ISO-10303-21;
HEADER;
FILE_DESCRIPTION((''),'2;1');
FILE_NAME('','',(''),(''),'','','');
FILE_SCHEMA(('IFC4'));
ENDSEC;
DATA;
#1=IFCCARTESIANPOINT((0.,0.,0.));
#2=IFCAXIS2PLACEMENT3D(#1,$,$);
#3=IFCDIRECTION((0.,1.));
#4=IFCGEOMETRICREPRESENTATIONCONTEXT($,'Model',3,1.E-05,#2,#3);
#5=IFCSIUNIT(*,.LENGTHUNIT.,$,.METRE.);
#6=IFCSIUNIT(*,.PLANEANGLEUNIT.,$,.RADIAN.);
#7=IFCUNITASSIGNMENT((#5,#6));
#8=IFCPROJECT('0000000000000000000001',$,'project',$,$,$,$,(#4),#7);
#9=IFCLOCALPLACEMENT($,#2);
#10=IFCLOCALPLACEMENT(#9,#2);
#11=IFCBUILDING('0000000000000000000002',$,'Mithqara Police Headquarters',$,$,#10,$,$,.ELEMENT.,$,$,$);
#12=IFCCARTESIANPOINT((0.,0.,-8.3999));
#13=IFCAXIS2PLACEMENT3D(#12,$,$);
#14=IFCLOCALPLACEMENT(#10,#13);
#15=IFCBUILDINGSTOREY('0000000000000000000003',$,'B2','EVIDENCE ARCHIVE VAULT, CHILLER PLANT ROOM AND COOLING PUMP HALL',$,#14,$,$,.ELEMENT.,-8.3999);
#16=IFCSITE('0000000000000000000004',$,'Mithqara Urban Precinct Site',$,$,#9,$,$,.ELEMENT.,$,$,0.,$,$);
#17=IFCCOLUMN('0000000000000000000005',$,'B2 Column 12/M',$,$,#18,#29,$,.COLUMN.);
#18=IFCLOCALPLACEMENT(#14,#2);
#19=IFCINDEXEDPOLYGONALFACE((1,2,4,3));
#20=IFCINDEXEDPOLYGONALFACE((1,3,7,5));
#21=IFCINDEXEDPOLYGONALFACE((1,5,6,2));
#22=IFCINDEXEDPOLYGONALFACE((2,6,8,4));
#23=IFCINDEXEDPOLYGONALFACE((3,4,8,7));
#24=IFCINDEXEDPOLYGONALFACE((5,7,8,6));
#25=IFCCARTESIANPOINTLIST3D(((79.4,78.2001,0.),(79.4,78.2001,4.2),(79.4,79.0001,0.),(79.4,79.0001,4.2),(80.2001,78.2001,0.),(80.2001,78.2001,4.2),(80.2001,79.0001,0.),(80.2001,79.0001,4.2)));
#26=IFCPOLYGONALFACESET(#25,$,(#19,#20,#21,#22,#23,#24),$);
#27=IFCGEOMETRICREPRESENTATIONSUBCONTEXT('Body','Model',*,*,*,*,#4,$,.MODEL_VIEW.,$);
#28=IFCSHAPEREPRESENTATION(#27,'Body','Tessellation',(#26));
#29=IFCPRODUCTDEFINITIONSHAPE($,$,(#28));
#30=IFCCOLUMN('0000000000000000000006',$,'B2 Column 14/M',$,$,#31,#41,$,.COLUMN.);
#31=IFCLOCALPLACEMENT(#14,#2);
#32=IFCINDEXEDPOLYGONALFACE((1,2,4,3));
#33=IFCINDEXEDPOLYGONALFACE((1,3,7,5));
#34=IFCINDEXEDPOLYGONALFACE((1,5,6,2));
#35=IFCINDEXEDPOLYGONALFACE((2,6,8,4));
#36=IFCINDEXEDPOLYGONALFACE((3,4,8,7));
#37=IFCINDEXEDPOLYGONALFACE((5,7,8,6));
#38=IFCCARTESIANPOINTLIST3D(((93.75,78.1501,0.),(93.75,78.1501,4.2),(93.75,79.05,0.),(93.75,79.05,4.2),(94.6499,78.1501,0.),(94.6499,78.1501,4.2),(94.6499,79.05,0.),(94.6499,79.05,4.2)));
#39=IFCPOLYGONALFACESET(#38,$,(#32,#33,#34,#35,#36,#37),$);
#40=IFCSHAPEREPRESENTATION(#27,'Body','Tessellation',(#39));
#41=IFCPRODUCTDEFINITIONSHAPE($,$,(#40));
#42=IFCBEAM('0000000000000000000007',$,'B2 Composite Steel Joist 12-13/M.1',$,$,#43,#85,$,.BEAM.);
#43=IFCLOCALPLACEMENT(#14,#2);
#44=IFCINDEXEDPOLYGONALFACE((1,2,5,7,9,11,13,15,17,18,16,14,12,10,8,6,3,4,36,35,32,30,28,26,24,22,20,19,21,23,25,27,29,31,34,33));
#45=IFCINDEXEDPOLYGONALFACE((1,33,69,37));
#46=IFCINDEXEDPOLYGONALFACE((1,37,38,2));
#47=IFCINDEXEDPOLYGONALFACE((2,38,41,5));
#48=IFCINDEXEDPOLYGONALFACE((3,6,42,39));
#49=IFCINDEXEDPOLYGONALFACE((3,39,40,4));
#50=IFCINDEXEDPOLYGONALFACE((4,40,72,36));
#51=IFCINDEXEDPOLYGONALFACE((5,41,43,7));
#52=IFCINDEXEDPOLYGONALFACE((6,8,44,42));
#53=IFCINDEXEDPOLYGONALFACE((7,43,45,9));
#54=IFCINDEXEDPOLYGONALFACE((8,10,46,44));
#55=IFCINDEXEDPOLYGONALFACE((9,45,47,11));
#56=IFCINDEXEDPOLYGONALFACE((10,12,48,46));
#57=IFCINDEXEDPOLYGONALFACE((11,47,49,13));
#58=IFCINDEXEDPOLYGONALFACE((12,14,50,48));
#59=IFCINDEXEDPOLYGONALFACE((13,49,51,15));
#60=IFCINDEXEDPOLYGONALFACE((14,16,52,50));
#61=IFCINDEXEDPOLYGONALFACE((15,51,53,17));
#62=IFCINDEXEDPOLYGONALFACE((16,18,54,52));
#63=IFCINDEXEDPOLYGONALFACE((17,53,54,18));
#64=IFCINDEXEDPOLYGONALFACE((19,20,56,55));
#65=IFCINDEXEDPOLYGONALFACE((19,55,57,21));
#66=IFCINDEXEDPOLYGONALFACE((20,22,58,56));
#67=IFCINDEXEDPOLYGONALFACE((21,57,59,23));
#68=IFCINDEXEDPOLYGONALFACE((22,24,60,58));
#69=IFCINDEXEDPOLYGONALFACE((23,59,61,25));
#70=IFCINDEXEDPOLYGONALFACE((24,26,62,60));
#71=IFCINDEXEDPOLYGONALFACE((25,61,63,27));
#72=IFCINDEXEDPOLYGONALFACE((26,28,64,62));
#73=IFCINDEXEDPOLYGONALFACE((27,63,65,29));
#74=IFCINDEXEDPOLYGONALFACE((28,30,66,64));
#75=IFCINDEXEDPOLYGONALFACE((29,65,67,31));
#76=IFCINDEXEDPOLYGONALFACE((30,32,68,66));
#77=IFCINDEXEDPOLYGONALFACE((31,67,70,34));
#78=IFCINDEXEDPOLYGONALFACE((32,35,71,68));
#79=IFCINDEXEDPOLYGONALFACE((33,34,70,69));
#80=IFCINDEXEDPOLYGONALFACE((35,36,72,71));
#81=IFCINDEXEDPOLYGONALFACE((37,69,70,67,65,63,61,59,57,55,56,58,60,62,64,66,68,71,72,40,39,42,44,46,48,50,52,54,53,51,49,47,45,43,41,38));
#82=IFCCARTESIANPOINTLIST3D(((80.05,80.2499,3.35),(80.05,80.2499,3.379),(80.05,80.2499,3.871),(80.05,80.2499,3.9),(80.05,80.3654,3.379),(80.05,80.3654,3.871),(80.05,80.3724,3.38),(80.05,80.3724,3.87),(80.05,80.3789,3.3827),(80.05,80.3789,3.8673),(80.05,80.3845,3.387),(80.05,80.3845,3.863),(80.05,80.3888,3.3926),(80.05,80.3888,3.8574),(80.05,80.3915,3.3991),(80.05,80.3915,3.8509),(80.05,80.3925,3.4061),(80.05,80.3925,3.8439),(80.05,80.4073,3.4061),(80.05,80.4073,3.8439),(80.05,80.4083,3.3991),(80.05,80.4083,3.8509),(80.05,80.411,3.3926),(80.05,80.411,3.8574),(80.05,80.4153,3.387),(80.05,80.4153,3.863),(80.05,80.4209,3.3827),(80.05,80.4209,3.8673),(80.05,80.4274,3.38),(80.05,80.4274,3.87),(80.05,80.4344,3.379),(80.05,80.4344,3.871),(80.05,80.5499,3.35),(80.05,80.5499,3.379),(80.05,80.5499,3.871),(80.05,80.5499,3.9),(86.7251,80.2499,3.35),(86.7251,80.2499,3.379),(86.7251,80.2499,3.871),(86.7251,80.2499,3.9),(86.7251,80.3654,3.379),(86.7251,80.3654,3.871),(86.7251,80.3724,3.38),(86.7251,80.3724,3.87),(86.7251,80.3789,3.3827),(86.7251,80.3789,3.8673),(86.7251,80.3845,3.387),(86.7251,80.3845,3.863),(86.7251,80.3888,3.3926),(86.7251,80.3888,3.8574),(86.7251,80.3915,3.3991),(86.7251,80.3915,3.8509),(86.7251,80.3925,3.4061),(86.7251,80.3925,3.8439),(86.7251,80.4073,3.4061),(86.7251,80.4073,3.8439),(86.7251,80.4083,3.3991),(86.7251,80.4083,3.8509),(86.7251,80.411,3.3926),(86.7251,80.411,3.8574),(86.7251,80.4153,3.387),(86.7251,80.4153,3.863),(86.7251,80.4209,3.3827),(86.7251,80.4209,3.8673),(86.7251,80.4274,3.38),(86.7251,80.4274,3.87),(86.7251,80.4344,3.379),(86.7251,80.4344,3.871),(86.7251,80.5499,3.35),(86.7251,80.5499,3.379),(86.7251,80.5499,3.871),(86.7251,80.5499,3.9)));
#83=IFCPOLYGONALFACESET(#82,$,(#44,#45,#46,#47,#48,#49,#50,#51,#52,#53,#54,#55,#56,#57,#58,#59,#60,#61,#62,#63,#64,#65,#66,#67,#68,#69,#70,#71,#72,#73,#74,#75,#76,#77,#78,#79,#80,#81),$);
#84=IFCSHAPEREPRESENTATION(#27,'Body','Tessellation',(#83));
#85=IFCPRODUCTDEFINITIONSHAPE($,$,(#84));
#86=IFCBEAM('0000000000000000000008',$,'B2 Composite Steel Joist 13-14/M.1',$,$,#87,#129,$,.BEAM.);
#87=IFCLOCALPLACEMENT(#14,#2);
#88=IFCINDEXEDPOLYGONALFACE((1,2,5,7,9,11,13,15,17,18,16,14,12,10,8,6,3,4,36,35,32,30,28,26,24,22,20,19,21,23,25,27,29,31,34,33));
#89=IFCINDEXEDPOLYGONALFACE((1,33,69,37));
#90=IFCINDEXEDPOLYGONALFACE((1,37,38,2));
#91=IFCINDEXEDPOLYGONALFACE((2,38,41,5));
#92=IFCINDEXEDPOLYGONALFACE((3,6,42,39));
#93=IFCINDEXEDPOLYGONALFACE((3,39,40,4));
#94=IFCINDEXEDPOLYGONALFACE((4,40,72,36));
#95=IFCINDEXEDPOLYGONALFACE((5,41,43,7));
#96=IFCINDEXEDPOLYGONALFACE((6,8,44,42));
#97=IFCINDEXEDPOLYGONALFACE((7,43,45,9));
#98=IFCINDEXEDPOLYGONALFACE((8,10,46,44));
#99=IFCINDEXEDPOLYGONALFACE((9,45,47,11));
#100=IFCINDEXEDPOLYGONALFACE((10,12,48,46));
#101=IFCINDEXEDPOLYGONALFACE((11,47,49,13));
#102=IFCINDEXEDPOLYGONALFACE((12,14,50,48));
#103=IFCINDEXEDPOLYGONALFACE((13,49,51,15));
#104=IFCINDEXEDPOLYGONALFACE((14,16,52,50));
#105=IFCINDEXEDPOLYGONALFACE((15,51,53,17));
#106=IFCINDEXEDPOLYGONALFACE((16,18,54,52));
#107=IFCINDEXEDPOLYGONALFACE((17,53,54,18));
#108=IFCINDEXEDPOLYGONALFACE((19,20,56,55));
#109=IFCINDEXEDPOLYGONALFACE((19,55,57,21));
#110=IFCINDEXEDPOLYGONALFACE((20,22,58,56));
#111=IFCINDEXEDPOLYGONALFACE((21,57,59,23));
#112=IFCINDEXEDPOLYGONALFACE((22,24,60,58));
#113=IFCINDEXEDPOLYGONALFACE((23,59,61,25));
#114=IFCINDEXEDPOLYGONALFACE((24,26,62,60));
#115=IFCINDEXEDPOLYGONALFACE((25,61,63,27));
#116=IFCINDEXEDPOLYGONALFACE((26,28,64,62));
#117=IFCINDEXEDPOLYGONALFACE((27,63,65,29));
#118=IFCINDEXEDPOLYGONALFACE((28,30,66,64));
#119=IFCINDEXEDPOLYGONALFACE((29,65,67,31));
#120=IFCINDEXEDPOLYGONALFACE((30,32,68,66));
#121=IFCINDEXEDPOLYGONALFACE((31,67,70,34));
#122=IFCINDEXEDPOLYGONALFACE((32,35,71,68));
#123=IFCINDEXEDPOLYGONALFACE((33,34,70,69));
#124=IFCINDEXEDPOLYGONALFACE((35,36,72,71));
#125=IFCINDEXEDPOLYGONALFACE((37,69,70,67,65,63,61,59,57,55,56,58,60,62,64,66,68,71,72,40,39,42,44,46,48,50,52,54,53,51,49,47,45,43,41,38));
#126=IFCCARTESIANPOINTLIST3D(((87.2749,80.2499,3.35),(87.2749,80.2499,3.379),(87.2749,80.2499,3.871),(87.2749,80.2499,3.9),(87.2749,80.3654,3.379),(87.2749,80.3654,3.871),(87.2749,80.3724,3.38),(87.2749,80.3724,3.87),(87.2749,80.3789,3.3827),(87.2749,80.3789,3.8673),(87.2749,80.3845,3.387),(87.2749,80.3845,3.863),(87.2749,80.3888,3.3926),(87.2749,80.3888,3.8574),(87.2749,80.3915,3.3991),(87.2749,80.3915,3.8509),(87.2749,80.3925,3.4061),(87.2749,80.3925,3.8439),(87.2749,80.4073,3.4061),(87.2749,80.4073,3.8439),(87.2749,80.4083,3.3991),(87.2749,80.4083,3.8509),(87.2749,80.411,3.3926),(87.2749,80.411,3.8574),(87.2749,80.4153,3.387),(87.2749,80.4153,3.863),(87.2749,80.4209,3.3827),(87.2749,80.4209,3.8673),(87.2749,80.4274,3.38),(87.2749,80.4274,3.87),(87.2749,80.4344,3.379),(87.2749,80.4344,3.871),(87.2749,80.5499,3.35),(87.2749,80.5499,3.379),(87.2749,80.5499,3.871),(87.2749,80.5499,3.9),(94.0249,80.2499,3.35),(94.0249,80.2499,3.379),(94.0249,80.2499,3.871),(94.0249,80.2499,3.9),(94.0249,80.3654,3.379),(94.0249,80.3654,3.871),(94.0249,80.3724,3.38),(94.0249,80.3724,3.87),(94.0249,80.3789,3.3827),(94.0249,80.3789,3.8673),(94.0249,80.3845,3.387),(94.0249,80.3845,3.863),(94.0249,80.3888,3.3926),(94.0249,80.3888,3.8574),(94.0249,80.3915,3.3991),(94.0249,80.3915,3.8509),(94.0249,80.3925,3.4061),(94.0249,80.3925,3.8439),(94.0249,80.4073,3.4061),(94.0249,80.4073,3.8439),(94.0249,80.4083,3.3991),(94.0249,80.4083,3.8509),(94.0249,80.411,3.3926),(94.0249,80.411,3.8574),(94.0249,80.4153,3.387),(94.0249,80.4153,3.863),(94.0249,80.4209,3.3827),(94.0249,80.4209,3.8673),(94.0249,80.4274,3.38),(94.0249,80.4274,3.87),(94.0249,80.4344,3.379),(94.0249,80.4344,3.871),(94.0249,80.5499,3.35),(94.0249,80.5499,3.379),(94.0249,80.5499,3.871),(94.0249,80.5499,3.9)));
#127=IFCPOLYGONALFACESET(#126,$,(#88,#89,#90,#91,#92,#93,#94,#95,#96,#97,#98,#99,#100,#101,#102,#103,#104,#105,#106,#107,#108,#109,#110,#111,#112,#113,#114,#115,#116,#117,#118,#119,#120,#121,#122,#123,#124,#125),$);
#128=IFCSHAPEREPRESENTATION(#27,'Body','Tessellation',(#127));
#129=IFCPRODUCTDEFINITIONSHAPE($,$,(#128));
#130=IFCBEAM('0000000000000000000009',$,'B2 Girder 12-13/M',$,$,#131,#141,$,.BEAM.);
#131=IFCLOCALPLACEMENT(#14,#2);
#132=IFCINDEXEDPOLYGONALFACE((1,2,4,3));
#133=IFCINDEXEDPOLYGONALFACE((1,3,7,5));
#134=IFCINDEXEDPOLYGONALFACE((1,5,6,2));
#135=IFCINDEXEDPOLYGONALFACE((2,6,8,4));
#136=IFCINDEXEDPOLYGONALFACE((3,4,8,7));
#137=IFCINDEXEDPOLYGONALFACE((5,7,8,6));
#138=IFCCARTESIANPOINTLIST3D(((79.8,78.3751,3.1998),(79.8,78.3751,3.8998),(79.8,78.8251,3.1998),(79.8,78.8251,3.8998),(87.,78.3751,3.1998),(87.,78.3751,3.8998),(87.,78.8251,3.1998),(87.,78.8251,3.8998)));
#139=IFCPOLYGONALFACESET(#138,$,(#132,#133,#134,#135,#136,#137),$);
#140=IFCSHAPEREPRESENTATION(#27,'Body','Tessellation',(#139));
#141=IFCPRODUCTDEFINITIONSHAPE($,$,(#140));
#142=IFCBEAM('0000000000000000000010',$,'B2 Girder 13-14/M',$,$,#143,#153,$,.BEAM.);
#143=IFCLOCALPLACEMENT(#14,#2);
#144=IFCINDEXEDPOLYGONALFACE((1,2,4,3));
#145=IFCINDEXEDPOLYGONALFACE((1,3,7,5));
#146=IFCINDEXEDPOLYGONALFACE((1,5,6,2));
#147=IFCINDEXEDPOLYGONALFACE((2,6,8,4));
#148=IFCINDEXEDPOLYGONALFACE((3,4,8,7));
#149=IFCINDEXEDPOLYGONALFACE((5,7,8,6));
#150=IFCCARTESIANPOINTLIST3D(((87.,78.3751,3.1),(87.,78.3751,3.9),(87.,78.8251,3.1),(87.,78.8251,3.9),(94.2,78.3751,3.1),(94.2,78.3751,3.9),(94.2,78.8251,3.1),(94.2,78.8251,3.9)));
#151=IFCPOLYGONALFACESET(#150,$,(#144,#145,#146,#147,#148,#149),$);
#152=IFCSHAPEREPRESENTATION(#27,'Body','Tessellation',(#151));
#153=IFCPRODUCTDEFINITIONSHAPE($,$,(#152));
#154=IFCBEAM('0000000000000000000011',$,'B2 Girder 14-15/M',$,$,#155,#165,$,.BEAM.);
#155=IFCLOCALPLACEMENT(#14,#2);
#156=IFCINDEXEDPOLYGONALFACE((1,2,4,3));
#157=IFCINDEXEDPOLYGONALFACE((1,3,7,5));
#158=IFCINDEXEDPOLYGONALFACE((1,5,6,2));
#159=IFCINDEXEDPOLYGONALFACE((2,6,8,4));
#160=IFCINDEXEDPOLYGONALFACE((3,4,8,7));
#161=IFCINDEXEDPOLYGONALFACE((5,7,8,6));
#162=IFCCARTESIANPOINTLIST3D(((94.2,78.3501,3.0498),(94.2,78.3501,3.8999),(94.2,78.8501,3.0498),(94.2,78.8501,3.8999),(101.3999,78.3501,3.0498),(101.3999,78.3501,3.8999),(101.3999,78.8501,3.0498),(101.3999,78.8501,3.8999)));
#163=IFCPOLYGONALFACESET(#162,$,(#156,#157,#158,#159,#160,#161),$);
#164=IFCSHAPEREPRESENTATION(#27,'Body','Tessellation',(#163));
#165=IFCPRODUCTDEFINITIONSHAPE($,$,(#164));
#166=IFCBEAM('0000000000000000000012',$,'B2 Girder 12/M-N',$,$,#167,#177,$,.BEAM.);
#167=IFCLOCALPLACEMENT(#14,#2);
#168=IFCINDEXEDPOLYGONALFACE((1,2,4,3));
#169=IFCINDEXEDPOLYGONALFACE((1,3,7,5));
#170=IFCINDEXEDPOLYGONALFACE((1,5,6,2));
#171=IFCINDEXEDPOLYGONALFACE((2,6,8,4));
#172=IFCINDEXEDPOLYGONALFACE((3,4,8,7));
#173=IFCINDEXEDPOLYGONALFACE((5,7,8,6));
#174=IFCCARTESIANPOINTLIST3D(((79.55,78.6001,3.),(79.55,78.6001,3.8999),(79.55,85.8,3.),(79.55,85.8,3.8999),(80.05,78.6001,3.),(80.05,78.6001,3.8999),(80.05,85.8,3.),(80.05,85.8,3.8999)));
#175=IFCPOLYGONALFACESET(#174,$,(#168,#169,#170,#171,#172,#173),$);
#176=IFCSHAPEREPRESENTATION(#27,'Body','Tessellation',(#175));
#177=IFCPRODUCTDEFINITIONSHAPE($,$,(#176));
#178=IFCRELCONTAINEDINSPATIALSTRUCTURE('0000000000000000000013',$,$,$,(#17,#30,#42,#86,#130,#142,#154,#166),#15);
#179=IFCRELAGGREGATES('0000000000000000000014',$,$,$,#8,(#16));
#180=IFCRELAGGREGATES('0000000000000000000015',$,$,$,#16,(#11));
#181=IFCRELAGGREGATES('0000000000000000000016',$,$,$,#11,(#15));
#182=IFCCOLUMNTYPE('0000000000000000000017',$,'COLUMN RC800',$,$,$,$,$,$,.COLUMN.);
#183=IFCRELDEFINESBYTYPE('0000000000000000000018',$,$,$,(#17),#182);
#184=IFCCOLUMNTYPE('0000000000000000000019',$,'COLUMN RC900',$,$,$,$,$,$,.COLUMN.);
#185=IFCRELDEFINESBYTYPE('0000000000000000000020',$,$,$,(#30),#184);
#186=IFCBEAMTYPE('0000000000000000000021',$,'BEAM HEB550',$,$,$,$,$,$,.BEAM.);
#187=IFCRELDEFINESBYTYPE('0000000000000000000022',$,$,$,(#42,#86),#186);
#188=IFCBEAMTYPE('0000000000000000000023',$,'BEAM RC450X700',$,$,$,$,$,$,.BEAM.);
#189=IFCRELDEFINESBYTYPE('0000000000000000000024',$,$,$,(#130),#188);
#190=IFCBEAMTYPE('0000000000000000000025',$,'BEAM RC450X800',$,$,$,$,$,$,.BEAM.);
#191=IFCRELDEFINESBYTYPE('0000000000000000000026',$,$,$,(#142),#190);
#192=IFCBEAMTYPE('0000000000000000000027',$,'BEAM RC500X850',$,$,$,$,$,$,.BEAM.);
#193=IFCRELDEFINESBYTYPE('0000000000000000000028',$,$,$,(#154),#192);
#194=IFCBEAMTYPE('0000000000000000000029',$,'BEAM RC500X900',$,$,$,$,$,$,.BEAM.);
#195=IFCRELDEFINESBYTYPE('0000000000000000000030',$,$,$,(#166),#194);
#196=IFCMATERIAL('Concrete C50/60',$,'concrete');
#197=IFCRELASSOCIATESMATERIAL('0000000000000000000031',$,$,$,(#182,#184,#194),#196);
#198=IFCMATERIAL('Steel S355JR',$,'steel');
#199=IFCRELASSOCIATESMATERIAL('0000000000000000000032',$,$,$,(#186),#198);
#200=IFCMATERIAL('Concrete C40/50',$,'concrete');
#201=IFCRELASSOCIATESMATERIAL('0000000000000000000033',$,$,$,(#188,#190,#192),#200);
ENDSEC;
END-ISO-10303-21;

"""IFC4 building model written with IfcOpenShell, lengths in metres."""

from ifc_helpers import new_model, si_unit, direction, frame, origin, origin_2d, place, context, subcontext, project, spatial, rectangle, i_section, extrude, material, material_profile, profile_set, type_object, element, save


model = new_model("IFC4")

# Units and contexts
model_context = context("Model", 3, precision=1e-05, world=origin(), true_north=direction((0.0, 1.0)))
body_context = subcontext(model_context, "Body", "Model", "MODEL_VIEW")
ifc_project = project(units=[si_unit("LENGTHUNIT", "METRE"), si_unit("PLANEANGLEUNIT", "RADIAN")], contexts=[model_context])

# Site, building, storey
site_placement = place(None, origin())
site = spatial("IfcSite", under=ifc_project, at=site_placement, Name="Mithqara Urban Precinct Site", CompositionType="ELEMENT", RefElevation=0.0)
building_placement = place(site_placement, origin())
building = spatial("IfcBuilding", under=site, at=building_placement, Name="Mithqara Police Headquarters", CompositionType="ELEMENT")
storey_placement = place(building_placement, frame((0.0, 0.0, -8.3999)))
storey = spatial("IfcBuildingStorey", under=building, at=storey_placement, Name="B2", Description="EVIDENCE ARCHIVE VAULT, CHILLER PLANT ROOM AND COOLING PUMP HALL", CompositionType="ELEMENT", Elevation=-8.3999)

# Shared definitions
ifc_material_1 = material(Name="Concrete C40/50", Category="concrete")

# Columns
ifc_material_2 = material(Name="Steel S355JR", Category="steel")
ifc_material_3 = material(Name="Concrete C50/60", Category="concrete")
ifc_material_profile_1 = material_profile(ifc_material_3, rectangle(XDim=0.8, YDim=0.8, at=origin_2d()), Name="RC 800x800")
ifc_profile_set_1 = profile_set([ifc_material_profile_1], Name="Concrete C50/60")
column_type_1 = type_object("IfcColumnType", Name="COLUMN RC800", PredefinedType="COLUMN", material=ifc_profile_set_1)
column_1_placement = place(storey_placement, frame((79.8, 78.6001, 0.0), z_axis=(0.0, 0.0, 1.0), x_axis=(1.0, 0.0, 0.0)))
element("IfcColumn", 1, at=column_1_placement, inside=storey, type_object=column_type_1, Name="B2 Column 12/M", PredefinedType="COLUMN", context=body_context, shape_type="SweptSolid", body=[
    extrude(rectangle(XDim=0.8, YDim=0.8, at=origin_2d()), origin(), (0.0, 0.0, 1.0), 4.2),
])
ifc_material_profile_2 = material_profile(ifc_material_3, rectangle(XDim=0.8999, YDim=0.8999, at=origin_2d()), Name="RC 900x900")
ifc_profile_set_2 = profile_set([ifc_material_profile_2], Name="Concrete C50/60")
column_type_2 = type_object("IfcColumnType", Name="COLUMN RC900", PredefinedType="COLUMN", material=ifc_profile_set_2)
column_2_placement = place(storey_placement, frame((94.2, 78.6001, 0.0), z_axis=(0.0, 0.0, 1.0), x_axis=(1.0, 0.0, 0.0)))
element("IfcColumn", 2, at=column_2_placement, inside=storey, type_object=column_type_2, Name="B2 Column 14/M", PredefinedType="COLUMN", context=body_context, shape_type="SweptSolid", body=[
    extrude(rectangle(XDim=0.8999, YDim=0.8999, at=origin_2d()), origin(), (0.0, 0.0, 1.0), 4.2),
])

# Beams
ifc_material_profile_3 = material_profile(ifc_material_2, i_section(OverallWidth=0.3, OverallDepth=0.55, WebThickness=0.0149, FlangeThickness=0.0291, FilletRadius=0.0271, at=origin_2d()), Name="HEB 550")
ifc_profile_set_3 = profile_set([ifc_material_profile_3], Name="Steel S355JR")
beam_type_1 = type_object("IfcBeamType", Name="BEAM HEB550", PredefinedType="BEAM", material=ifc_profile_set_3)
beam_1_placement = place(storey_placement, frame((80.05, 80.3999, 3.625), z_axis=(1.0, 0.0, 0.0), x_axis=(0.0, 1.0, 0.0)))
element("IfcBeam", 3, at=beam_1_placement, inside=storey, type_object=beam_type_1, Name="B2 Composite Steel Joist 12-13/M.1", PredefinedType="BEAM", context=body_context, shape_type="SweptSolid", body=[
    extrude(i_section(OverallWidth=0.3, OverallDepth=0.55, WebThickness=0.0149, FlangeThickness=0.0291, FilletRadius=0.0271, at=origin_2d()), origin(), (0.0, 0.0, 1.0), 6.675),
])
beam_2_placement = place(storey_placement, frame((87.2749, 80.3999, 3.625), z_axis=(1.0, 0.0, 0.0), x_axis=(0.0, 1.0, 0.0)))
element("IfcBeam", 4, at=beam_2_placement, inside=storey, type_object=beam_type_1, Name="B2 Composite Steel Joist 13-14/M.1", PredefinedType="BEAM", context=body_context, shape_type="SweptSolid", body=[
    extrude(i_section(OverallWidth=0.3, OverallDepth=0.55, WebThickness=0.0149, FlangeThickness=0.0291, FilletRadius=0.0271, at=origin_2d()), origin(), (0.0, 0.0, 1.0), 6.75),
])
ifc_material_profile_4 = material_profile(ifc_material_1, rectangle(XDim=0.45, YDim=0.7, at=origin_2d()), Name="RC 450x700")
ifc_profile_set_4 = profile_set([ifc_material_profile_4], Name="Concrete C40/50")
beam_type_2 = type_object("IfcBeamType", Name="BEAM RC450X700", PredefinedType="BEAM", material=ifc_profile_set_4)
beam_3_placement = place(storey_placement, frame((79.8, 78.6001, 3.5498), z_axis=(1.0, 0.0, 0.0), x_axis=(0.0, 1.0, 0.0)))
element("IfcBeam", 5, at=beam_3_placement, inside=storey, type_object=beam_type_2, Name="B2 Girder 12-13/M", PredefinedType="BEAM", context=body_context, shape_type="SweptSolid", body=[
    extrude(rectangle(XDim=0.45, YDim=0.7, at=origin_2d()), origin(), (0.0, 0.0, 1.0), 7.2),
])
ifc_material_profile_5 = material_profile(ifc_material_1, rectangle(XDim=0.45, YDim=0.8, at=origin_2d()), Name="RC 450x800")
ifc_profile_set_5 = profile_set([ifc_material_profile_5], Name="Concrete C40/50")
beam_type_3 = type_object("IfcBeamType", Name="BEAM RC450X800", PredefinedType="BEAM", material=ifc_profile_set_5)
beam_4_placement = place(storey_placement, frame((87.0, 78.6001, 3.5), z_axis=(1.0, 0.0, 0.0), x_axis=(0.0, 1.0, 0.0)))
element("IfcBeam", 6, at=beam_4_placement, inside=storey, type_object=beam_type_3, Name="B2 Girder 13-14/M", PredefinedType="BEAM", context=body_context, shape_type="SweptSolid", body=[
    extrude(rectangle(XDim=0.45, YDim=0.8, at=origin_2d()), origin(), (0.0, 0.0, 1.0), 7.2),
])
ifc_material_profile_6 = material_profile(ifc_material_1, rectangle(XDim=0.5, YDim=0.8501, at=origin_2d()), Name="RC 500x850")
ifc_profile_set_6 = profile_set([ifc_material_profile_6], Name="Concrete C40/50")
beam_type_4 = type_object("IfcBeamType", Name="BEAM RC500X850", PredefinedType="BEAM", material=ifc_profile_set_6)
beam_5_placement = place(storey_placement, frame((94.2, 78.6001, 3.4749), z_axis=(1.0, 0.0, 0.0), x_axis=(0.0, 1.0, 0.0)))
element("IfcBeam", 7, at=beam_5_placement, inside=storey, type_object=beam_type_4, Name="B2 Girder 14-15/M", PredefinedType="BEAM", context=body_context, shape_type="SweptSolid", body=[
    extrude(rectangle(XDim=0.5, YDim=0.8501, at=origin_2d()), origin(), (0.0, 0.0, 1.0), 7.2),
])
ifc_material_profile_7 = material_profile(ifc_material_3, rectangle(XDim=0.5, YDim=0.8999, at=origin_2d()), Name="RC 500x900")
ifc_profile_set_7 = profile_set([ifc_material_profile_7], Name="Concrete C50/60")
beam_type_5 = type_object("IfcBeamType", Name="BEAM RC500X900", PredefinedType="BEAM", material=ifc_profile_set_7)
beam_6_placement = place(storey_placement, frame((79.8, 78.6001, 3.45), z_axis=(0.0, 1.0, 0.0), x_axis=(-1.0, 0.0, 0.0)))
element("IfcBeam", 8, at=beam_6_placement, inside=storey, type_object=beam_type_5, Name="B2 Girder 12/M-N", PredefinedType="BEAM", context=body_context, shape_type="SweptSolid", body=[
    extrude(rectangle(XDim=0.5, YDim=0.8999, at=origin_2d()), origin(), (0.0, 0.0, 1.0), 7.2),
])

save(model, "model.ifc")
